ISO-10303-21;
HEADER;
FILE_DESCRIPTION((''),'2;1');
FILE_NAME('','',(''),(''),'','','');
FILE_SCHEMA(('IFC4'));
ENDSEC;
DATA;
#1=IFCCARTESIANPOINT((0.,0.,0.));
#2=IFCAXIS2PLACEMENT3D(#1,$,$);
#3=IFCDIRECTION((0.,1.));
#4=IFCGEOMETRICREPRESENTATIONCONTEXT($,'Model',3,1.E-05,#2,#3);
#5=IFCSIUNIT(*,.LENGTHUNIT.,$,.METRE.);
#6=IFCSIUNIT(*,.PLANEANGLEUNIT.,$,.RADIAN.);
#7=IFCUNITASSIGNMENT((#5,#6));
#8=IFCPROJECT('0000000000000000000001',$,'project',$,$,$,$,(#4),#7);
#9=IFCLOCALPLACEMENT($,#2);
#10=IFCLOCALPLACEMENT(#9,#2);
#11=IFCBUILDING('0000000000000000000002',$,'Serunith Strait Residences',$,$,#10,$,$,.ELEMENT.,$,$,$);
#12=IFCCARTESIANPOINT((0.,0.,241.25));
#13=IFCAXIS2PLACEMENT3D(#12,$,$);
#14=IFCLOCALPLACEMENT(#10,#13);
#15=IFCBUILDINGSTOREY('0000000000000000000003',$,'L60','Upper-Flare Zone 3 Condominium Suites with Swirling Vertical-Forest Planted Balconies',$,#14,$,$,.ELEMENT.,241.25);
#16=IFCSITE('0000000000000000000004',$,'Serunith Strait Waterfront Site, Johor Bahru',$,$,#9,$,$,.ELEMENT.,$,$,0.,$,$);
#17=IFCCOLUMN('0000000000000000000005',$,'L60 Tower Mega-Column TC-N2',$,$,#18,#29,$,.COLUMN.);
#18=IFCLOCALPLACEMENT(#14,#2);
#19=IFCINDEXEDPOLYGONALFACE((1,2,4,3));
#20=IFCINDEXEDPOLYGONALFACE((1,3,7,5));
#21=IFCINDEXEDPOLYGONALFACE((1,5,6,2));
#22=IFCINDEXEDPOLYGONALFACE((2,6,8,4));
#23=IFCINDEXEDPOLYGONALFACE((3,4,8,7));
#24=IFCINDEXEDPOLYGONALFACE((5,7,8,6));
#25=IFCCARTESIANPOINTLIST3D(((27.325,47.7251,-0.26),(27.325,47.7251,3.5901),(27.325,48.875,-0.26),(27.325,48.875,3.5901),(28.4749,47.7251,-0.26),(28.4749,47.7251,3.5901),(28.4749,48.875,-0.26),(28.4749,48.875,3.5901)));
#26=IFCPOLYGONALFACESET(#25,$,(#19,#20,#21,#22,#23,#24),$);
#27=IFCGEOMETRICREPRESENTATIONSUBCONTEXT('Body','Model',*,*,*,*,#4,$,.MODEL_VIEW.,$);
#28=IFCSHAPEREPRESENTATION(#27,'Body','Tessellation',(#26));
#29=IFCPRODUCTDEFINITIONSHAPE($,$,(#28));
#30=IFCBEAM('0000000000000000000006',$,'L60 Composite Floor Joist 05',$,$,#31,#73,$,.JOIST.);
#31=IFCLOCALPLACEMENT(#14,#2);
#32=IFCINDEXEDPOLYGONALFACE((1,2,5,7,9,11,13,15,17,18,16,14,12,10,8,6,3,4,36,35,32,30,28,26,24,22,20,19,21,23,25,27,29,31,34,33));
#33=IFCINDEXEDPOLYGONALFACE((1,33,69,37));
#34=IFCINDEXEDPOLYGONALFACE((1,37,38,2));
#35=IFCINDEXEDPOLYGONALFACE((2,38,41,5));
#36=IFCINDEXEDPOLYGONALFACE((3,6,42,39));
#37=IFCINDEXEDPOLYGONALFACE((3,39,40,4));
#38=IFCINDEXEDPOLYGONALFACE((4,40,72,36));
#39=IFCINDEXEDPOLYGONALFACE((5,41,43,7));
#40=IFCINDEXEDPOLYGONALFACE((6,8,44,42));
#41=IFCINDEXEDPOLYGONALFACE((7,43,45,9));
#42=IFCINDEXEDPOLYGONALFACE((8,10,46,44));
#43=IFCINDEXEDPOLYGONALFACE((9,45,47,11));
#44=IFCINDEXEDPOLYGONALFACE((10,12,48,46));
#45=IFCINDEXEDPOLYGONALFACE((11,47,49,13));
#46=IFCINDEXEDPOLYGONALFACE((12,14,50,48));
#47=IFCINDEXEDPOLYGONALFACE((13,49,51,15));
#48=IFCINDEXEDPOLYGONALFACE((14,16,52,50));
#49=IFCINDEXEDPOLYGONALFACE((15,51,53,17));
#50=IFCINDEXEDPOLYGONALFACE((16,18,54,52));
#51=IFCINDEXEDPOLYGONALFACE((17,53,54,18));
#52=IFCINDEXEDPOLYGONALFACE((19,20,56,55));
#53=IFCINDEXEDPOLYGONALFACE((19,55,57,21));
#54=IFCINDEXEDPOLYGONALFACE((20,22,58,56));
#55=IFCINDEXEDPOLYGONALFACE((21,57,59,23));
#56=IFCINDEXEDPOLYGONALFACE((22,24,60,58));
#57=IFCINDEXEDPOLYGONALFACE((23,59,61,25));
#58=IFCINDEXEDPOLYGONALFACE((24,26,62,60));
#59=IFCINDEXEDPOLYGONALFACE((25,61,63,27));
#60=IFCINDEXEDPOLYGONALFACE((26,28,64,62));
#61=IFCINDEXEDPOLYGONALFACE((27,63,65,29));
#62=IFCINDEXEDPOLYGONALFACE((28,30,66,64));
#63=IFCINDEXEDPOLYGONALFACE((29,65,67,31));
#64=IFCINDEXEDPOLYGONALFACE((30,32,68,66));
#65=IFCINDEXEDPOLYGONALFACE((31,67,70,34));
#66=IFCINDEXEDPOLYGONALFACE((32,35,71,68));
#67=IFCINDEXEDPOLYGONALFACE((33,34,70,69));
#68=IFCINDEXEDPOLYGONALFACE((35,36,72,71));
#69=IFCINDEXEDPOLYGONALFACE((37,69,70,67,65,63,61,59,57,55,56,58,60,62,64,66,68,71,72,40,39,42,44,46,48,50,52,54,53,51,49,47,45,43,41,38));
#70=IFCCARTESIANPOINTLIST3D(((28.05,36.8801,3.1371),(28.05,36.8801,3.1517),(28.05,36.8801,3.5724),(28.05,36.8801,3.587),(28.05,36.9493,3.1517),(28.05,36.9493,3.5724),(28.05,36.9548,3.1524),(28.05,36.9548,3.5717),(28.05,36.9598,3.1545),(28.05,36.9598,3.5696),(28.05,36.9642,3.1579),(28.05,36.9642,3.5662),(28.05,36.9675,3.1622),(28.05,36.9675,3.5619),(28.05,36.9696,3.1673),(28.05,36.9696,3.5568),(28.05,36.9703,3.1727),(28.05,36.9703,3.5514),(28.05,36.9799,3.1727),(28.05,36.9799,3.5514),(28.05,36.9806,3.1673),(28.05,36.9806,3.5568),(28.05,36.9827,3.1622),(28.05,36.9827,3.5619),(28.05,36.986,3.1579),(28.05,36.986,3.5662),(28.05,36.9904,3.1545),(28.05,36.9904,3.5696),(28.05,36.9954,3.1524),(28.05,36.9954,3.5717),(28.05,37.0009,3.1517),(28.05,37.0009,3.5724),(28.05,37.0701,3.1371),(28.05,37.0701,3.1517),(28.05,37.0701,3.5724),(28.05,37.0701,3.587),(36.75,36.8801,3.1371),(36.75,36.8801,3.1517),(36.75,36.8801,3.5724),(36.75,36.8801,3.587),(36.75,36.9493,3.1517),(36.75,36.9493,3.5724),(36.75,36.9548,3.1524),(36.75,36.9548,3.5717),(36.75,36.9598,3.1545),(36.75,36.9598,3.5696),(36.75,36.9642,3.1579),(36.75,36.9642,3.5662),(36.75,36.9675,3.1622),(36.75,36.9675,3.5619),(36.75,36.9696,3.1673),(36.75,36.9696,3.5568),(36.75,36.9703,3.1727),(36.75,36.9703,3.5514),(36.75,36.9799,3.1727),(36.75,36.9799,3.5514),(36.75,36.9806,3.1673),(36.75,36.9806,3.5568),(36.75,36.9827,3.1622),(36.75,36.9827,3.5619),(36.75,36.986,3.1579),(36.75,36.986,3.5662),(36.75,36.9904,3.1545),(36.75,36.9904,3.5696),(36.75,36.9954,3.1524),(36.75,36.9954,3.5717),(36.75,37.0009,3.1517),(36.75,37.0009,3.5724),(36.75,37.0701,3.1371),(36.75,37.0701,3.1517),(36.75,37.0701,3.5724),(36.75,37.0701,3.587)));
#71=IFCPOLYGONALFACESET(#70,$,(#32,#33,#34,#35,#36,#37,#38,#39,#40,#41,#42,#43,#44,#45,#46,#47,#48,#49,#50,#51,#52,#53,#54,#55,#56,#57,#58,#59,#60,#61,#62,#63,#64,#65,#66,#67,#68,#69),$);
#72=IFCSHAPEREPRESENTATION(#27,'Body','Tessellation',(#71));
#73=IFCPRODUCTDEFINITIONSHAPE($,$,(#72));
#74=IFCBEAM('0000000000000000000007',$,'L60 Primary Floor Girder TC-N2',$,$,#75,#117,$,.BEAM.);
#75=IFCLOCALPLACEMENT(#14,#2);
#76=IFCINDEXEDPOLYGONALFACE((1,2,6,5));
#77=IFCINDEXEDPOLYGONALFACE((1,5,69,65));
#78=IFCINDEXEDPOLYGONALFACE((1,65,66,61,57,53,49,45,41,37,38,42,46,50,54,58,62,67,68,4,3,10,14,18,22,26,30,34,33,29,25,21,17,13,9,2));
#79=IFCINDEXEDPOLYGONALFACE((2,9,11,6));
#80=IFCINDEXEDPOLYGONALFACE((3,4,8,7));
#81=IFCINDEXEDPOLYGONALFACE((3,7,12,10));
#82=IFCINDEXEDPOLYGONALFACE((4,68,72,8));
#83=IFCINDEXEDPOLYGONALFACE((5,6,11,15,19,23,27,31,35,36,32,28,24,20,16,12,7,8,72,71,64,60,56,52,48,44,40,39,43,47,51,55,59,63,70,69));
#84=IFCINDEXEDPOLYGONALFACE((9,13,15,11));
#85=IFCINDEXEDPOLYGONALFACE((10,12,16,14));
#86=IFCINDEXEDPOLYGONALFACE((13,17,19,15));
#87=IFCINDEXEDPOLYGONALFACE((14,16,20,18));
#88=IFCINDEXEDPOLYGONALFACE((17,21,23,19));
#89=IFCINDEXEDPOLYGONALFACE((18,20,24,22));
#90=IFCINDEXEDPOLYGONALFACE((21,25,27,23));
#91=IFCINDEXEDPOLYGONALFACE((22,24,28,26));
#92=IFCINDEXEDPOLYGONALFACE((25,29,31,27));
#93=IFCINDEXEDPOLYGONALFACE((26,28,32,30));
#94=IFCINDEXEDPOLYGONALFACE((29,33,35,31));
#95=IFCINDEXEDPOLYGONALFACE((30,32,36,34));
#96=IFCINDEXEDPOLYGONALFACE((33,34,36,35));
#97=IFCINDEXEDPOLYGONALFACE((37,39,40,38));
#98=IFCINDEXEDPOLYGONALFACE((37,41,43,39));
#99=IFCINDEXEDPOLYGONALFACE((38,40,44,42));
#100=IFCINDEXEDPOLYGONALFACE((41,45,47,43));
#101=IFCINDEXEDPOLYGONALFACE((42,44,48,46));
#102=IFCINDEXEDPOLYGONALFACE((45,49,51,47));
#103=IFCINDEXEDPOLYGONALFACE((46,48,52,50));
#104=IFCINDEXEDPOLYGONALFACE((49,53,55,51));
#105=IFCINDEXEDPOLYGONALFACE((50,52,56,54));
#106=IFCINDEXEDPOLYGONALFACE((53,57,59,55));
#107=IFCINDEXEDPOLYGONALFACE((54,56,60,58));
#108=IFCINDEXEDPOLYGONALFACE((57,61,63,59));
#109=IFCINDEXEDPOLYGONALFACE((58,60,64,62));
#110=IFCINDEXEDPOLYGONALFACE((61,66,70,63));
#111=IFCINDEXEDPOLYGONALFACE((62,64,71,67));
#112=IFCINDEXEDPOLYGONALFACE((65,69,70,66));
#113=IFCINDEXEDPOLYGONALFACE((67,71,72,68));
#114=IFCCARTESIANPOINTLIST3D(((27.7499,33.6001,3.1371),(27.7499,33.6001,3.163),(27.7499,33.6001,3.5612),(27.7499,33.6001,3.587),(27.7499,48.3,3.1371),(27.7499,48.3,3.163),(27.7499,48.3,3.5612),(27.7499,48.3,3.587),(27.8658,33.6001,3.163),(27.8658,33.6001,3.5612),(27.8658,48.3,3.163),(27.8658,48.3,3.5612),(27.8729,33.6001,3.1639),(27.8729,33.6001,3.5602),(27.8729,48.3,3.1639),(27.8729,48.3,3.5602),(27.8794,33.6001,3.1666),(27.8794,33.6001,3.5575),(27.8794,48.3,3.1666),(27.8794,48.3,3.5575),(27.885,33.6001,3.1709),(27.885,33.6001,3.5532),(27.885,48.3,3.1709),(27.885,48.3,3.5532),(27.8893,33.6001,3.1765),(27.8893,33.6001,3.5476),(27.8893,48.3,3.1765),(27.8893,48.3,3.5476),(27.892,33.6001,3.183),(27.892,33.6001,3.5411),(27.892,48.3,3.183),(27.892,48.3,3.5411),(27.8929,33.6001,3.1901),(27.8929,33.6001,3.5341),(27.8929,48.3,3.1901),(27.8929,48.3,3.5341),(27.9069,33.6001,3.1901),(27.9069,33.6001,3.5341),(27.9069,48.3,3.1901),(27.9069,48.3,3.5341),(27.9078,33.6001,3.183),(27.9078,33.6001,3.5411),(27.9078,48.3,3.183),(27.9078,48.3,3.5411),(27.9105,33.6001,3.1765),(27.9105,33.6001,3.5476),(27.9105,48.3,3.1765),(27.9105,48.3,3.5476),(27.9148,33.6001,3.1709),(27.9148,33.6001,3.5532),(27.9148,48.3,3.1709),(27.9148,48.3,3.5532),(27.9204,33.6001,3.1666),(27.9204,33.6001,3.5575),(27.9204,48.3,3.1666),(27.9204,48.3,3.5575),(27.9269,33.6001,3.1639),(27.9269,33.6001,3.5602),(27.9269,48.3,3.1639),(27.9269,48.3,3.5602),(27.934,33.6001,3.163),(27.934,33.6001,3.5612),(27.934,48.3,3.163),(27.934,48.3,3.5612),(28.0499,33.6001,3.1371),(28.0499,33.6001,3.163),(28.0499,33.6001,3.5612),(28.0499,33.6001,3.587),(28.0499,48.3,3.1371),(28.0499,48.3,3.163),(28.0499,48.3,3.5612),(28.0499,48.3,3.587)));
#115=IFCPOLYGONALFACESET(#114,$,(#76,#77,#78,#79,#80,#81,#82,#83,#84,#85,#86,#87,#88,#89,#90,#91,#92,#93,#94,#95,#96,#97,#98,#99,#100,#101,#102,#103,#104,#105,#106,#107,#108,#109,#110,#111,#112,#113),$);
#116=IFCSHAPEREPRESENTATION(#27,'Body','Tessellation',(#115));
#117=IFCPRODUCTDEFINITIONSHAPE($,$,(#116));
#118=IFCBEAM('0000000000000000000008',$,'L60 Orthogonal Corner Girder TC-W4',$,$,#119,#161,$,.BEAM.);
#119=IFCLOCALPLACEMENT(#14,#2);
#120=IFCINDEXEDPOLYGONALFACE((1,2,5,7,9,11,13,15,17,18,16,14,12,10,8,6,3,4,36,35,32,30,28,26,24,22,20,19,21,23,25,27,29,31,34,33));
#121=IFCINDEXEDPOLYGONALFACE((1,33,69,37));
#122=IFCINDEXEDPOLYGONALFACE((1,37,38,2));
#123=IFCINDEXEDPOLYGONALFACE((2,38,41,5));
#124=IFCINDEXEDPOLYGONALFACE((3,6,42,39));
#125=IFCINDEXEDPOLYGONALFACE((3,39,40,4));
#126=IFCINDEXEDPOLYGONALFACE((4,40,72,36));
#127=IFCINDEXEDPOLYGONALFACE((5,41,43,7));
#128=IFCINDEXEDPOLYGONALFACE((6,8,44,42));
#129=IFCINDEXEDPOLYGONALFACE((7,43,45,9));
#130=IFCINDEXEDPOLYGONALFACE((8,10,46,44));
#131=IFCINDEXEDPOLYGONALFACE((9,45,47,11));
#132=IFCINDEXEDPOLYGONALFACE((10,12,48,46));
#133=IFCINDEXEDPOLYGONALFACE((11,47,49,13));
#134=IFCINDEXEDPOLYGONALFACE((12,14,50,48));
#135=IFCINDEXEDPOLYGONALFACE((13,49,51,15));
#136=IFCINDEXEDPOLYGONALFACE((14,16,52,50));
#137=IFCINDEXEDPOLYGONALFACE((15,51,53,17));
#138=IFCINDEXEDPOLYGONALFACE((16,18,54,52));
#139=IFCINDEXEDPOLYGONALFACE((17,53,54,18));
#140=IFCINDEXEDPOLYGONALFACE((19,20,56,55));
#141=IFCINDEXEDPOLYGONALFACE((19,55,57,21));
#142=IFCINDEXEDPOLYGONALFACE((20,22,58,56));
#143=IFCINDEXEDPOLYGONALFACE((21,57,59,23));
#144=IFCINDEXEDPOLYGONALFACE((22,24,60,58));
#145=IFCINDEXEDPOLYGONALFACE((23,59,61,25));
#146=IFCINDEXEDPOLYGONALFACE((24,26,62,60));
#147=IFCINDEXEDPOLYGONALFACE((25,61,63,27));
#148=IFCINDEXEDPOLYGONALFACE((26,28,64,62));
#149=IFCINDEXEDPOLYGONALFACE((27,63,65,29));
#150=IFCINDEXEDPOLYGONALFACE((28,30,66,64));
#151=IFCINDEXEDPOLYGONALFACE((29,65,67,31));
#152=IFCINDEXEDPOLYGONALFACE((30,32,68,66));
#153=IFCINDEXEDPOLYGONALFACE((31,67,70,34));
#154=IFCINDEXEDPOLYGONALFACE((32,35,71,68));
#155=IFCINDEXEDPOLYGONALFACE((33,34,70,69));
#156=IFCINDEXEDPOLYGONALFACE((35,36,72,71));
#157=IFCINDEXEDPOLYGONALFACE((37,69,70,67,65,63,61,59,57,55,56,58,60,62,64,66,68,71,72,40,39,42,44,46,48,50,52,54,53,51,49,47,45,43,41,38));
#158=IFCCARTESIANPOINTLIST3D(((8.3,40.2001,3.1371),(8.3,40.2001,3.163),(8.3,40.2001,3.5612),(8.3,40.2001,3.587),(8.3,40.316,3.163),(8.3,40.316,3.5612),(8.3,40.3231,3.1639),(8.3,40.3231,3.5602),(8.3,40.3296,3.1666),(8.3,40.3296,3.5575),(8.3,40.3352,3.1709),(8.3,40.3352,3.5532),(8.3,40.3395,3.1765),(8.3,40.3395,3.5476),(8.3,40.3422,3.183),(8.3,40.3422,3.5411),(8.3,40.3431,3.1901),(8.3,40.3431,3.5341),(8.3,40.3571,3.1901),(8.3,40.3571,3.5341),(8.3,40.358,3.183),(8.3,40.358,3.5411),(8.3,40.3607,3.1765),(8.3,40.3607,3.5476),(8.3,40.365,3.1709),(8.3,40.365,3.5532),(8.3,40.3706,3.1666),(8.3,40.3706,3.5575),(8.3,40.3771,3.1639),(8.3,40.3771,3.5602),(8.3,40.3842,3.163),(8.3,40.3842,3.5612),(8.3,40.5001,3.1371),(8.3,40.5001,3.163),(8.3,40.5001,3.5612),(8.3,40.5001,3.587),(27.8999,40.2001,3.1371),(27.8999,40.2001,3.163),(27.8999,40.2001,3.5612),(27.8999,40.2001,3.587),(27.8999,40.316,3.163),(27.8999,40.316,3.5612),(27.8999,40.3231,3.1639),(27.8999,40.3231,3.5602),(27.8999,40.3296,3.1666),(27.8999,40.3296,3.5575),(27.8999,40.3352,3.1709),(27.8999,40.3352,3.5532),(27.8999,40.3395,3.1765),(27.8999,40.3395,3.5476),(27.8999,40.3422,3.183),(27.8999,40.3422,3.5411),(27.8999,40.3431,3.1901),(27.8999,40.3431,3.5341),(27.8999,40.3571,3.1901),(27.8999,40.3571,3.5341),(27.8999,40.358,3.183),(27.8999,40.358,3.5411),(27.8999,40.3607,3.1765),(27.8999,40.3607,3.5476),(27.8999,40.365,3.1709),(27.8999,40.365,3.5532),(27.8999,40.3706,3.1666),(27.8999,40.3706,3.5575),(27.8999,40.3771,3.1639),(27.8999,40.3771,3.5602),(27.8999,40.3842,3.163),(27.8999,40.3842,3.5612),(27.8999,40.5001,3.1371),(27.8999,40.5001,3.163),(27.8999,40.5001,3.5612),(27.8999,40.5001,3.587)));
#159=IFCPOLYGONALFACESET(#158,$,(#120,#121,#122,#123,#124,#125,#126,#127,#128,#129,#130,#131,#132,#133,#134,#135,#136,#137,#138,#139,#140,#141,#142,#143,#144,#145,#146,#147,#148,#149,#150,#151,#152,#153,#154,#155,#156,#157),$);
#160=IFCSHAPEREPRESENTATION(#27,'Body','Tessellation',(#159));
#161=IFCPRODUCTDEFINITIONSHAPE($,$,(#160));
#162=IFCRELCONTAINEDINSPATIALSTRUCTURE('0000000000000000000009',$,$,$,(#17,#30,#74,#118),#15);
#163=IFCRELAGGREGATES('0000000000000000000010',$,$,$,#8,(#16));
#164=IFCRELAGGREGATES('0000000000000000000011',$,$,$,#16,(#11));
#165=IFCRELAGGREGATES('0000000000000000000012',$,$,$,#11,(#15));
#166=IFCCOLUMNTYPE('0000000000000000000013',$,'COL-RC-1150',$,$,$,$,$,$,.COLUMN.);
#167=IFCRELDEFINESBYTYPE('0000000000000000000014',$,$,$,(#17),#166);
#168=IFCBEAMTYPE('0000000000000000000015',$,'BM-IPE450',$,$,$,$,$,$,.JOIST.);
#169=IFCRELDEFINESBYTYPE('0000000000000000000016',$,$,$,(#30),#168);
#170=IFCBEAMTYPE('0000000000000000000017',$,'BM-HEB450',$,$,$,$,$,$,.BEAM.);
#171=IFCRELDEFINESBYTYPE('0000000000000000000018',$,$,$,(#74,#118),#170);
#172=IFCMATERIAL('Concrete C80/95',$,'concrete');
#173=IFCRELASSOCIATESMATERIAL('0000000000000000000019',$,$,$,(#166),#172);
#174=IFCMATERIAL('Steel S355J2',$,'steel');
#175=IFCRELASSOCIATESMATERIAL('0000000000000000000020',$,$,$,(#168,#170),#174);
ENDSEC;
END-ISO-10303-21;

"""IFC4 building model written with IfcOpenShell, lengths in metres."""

from ifc_helpers import new_model, si_unit, direction, frame, origin, origin_2d, place, context, subcontext, project, spatial, rectangle, i_section, extrude, source, transform, mapped, material, material_profile, profile_set, type_object, element, save


model = new_model("IFC4")

# Units and contexts
model_context = context("Model", 3, precision=1e-05, world=origin(), true_north=direction((0.0, 1.0)))
body_context = subcontext(model_context, "Body", "Model", "MODEL_VIEW")
ifc_project = project(units=[si_unit("LENGTHUNIT", "METRE"), si_unit("PLANEANGLEUNIT", "RADIAN")], contexts=[model_context])

# Site, building, storey
site_placement = place(None, origin())
site = spatial("IfcSite", under=ifc_project, at=site_placement, Name="Serunith Strait Waterfront Site, Johor Bahru", CompositionType="ELEMENT", RefElevation=0.0)
building_placement = place(site_placement, origin())
building = spatial("IfcBuilding", under=site, at=building_placement, Name="Serunith Strait Residences", CompositionType="ELEMENT")
storey_placement = place(building_placement, frame((0.0, 0.0, 241.25)))
storey = spatial("IfcBuildingStorey", under=building, at=storey_placement, Name="L60", Description="Upper-Flare Zone 3 Condominium Suites with Swirling Vertical-Forest Planted Balconies", CompositionType="ELEMENT", Elevation=241.25)

# Column
ifc_material_1 = material(Name="Concrete C80/95", Category="concrete")
ifc_material_profile_1 = material_profile(ifc_material_1, rectangle(XDim=1.1499, YDim=1.1499, at=origin_2d()), Name="RC 1150x1150")
ifc_profile_set_1 = profile_set([ifc_material_profile_1], Name="Concrete C80/95")
column_type = type_object("IfcColumnType", Name="COL-RC-1150", PredefinedType="COLUMN", material=ifc_profile_set_1)
shared_shape_1 = source(origin(), body_context, "Body", "SweptSolid", [
    extrude(rectangle(XDim=1.1499, YDim=1.1499, at=origin_2d()), origin(), (0.0, 0.0, 1.0), 3.8501),
])
column_placement = place(storey_placement, frame((27.8999, 48.3, -0.26), z_axis=(0.0, 0.0, 1.0), x_axis=(1.0, 0.0, 0.0)))
element("IfcColumn", 1, at=column_placement, inside=storey, type_object=column_type, Name="L60 Tower Mega-Column TC-N2", PredefinedType="COLUMN", context=body_context, shape_type="MappedRepresentation", body=[
    mapped(shared_shape_1, transform((0.0, 0.0, 0.0), scale=1.0)),
])

# Beams
ifc_material_2 = material(Name="Steel S355J2", Category="steel")
ifc_material_profile_2 = material_profile(ifc_material_2, i_section(OverallWidth=0.1899, OverallDepth=0.45, WebThickness=0.0095, FlangeThickness=0.0146, FilletRadius=0.021, at=origin_2d()), Name="IPE 450")
ifc_profile_set_2 = profile_set([ifc_material_profile_2], Name="Steel S355J2")
beam_type_1 = type_object("IfcBeamType", Name="BM-IPE450", PredefinedType="JOIST", material=ifc_profile_set_2)
shared_shape_2 = source(origin(), body_context, "Body", "SweptSolid", [
    extrude(i_section(OverallWidth=0.1899, OverallDepth=0.45, WebThickness=0.0095, FlangeThickness=0.0146, FilletRadius=0.021, at=origin_2d()), origin(), (0.0, 0.0, 1.0), 8.7),
])
beam_1_placement = place(storey_placement, frame((28.05, 36.9751, 3.3621), z_axis=(1.0, 0.0, 0.0), x_axis=(0.0, 1.0, 0.0)))
element("IfcBeam", 2, at=beam_1_placement, inside=storey, type_object=beam_type_1, Name="L60 Composite Floor Joist 05", PredefinedType="JOIST", context=body_context, shape_type="MappedRepresentation", body=[
    mapped(shared_shape_2, transform((0.0, 0.0, 0.0), scale=1.0)),
])
ifc_material_profile_3 = material_profile(ifc_material_2, i_section(OverallWidth=0.3, OverallDepth=0.45, WebThickness=0.0139, FlangeThickness=0.0259, FilletRadius=0.0271, at=origin_2d()), Name="HEB 450")
ifc_profile_set_3 = profile_set([ifc_material_profile_3], Name="Steel S355J2")
beam_type_2 = type_object("IfcBeamType", Name="BM-HEB450", PredefinedType="BEAM", material=ifc_profile_set_3)
shared_shape_3 = source(origin(), body_context, "Body", "SweptSolid", [
    extrude(i_section(OverallWidth=0.3, OverallDepth=0.45, WebThickness=0.0139, FlangeThickness=0.0259, FilletRadius=0.0271, at=origin_2d()), origin(), (0.0, 0.0, 1.0), 14.7),
])
beam_2_placement = place(storey_placement, frame((27.8999, 33.6001, 3.3621), z_axis=(0.0, 1.0, 0.0), x_axis=(-1.0, 0.0, 0.0)))
element("IfcBeam", 3, at=beam_2_placement, inside=storey, type_object=beam_type_2, Name="L60 Primary Floor Girder TC-N2", PredefinedType="BEAM", context=body_context, shape_type="MappedRepresentation", body=[
    mapped(shared_shape_3, transform((0.0, 0.0, 0.0), scale=1.0)),
])
shared_shape_4 = source(origin(), body_context, "Body", "SweptSolid", [
    extrude(i_section(OverallWidth=0.3, OverallDepth=0.45, WebThickness=0.0139, FlangeThickness=0.0259, FilletRadius=0.0271, at=origin_2d()), origin(), (0.0, 0.0, 1.0), 19.5999),
])
beam_3_placement = place(storey_placement, frame((27.8999, 40.3501, 3.3621), z_axis=(-1.0, 0.0, 0.0), x_axis=(0.0, -1.0, 0.0)))
element("IfcBeam", 4, at=beam_3_placement, inside=storey, type_object=beam_type_2, Name="L60 Orthogonal Corner Girder TC-W4", PredefinedType="BEAM", context=body_context, shape_type="MappedRepresentation", body=[
    mapped(shared_shape_4, transform((0.0, 0.0, 0.0), scale=1.0)),
])

save(model, "model.ifc")
